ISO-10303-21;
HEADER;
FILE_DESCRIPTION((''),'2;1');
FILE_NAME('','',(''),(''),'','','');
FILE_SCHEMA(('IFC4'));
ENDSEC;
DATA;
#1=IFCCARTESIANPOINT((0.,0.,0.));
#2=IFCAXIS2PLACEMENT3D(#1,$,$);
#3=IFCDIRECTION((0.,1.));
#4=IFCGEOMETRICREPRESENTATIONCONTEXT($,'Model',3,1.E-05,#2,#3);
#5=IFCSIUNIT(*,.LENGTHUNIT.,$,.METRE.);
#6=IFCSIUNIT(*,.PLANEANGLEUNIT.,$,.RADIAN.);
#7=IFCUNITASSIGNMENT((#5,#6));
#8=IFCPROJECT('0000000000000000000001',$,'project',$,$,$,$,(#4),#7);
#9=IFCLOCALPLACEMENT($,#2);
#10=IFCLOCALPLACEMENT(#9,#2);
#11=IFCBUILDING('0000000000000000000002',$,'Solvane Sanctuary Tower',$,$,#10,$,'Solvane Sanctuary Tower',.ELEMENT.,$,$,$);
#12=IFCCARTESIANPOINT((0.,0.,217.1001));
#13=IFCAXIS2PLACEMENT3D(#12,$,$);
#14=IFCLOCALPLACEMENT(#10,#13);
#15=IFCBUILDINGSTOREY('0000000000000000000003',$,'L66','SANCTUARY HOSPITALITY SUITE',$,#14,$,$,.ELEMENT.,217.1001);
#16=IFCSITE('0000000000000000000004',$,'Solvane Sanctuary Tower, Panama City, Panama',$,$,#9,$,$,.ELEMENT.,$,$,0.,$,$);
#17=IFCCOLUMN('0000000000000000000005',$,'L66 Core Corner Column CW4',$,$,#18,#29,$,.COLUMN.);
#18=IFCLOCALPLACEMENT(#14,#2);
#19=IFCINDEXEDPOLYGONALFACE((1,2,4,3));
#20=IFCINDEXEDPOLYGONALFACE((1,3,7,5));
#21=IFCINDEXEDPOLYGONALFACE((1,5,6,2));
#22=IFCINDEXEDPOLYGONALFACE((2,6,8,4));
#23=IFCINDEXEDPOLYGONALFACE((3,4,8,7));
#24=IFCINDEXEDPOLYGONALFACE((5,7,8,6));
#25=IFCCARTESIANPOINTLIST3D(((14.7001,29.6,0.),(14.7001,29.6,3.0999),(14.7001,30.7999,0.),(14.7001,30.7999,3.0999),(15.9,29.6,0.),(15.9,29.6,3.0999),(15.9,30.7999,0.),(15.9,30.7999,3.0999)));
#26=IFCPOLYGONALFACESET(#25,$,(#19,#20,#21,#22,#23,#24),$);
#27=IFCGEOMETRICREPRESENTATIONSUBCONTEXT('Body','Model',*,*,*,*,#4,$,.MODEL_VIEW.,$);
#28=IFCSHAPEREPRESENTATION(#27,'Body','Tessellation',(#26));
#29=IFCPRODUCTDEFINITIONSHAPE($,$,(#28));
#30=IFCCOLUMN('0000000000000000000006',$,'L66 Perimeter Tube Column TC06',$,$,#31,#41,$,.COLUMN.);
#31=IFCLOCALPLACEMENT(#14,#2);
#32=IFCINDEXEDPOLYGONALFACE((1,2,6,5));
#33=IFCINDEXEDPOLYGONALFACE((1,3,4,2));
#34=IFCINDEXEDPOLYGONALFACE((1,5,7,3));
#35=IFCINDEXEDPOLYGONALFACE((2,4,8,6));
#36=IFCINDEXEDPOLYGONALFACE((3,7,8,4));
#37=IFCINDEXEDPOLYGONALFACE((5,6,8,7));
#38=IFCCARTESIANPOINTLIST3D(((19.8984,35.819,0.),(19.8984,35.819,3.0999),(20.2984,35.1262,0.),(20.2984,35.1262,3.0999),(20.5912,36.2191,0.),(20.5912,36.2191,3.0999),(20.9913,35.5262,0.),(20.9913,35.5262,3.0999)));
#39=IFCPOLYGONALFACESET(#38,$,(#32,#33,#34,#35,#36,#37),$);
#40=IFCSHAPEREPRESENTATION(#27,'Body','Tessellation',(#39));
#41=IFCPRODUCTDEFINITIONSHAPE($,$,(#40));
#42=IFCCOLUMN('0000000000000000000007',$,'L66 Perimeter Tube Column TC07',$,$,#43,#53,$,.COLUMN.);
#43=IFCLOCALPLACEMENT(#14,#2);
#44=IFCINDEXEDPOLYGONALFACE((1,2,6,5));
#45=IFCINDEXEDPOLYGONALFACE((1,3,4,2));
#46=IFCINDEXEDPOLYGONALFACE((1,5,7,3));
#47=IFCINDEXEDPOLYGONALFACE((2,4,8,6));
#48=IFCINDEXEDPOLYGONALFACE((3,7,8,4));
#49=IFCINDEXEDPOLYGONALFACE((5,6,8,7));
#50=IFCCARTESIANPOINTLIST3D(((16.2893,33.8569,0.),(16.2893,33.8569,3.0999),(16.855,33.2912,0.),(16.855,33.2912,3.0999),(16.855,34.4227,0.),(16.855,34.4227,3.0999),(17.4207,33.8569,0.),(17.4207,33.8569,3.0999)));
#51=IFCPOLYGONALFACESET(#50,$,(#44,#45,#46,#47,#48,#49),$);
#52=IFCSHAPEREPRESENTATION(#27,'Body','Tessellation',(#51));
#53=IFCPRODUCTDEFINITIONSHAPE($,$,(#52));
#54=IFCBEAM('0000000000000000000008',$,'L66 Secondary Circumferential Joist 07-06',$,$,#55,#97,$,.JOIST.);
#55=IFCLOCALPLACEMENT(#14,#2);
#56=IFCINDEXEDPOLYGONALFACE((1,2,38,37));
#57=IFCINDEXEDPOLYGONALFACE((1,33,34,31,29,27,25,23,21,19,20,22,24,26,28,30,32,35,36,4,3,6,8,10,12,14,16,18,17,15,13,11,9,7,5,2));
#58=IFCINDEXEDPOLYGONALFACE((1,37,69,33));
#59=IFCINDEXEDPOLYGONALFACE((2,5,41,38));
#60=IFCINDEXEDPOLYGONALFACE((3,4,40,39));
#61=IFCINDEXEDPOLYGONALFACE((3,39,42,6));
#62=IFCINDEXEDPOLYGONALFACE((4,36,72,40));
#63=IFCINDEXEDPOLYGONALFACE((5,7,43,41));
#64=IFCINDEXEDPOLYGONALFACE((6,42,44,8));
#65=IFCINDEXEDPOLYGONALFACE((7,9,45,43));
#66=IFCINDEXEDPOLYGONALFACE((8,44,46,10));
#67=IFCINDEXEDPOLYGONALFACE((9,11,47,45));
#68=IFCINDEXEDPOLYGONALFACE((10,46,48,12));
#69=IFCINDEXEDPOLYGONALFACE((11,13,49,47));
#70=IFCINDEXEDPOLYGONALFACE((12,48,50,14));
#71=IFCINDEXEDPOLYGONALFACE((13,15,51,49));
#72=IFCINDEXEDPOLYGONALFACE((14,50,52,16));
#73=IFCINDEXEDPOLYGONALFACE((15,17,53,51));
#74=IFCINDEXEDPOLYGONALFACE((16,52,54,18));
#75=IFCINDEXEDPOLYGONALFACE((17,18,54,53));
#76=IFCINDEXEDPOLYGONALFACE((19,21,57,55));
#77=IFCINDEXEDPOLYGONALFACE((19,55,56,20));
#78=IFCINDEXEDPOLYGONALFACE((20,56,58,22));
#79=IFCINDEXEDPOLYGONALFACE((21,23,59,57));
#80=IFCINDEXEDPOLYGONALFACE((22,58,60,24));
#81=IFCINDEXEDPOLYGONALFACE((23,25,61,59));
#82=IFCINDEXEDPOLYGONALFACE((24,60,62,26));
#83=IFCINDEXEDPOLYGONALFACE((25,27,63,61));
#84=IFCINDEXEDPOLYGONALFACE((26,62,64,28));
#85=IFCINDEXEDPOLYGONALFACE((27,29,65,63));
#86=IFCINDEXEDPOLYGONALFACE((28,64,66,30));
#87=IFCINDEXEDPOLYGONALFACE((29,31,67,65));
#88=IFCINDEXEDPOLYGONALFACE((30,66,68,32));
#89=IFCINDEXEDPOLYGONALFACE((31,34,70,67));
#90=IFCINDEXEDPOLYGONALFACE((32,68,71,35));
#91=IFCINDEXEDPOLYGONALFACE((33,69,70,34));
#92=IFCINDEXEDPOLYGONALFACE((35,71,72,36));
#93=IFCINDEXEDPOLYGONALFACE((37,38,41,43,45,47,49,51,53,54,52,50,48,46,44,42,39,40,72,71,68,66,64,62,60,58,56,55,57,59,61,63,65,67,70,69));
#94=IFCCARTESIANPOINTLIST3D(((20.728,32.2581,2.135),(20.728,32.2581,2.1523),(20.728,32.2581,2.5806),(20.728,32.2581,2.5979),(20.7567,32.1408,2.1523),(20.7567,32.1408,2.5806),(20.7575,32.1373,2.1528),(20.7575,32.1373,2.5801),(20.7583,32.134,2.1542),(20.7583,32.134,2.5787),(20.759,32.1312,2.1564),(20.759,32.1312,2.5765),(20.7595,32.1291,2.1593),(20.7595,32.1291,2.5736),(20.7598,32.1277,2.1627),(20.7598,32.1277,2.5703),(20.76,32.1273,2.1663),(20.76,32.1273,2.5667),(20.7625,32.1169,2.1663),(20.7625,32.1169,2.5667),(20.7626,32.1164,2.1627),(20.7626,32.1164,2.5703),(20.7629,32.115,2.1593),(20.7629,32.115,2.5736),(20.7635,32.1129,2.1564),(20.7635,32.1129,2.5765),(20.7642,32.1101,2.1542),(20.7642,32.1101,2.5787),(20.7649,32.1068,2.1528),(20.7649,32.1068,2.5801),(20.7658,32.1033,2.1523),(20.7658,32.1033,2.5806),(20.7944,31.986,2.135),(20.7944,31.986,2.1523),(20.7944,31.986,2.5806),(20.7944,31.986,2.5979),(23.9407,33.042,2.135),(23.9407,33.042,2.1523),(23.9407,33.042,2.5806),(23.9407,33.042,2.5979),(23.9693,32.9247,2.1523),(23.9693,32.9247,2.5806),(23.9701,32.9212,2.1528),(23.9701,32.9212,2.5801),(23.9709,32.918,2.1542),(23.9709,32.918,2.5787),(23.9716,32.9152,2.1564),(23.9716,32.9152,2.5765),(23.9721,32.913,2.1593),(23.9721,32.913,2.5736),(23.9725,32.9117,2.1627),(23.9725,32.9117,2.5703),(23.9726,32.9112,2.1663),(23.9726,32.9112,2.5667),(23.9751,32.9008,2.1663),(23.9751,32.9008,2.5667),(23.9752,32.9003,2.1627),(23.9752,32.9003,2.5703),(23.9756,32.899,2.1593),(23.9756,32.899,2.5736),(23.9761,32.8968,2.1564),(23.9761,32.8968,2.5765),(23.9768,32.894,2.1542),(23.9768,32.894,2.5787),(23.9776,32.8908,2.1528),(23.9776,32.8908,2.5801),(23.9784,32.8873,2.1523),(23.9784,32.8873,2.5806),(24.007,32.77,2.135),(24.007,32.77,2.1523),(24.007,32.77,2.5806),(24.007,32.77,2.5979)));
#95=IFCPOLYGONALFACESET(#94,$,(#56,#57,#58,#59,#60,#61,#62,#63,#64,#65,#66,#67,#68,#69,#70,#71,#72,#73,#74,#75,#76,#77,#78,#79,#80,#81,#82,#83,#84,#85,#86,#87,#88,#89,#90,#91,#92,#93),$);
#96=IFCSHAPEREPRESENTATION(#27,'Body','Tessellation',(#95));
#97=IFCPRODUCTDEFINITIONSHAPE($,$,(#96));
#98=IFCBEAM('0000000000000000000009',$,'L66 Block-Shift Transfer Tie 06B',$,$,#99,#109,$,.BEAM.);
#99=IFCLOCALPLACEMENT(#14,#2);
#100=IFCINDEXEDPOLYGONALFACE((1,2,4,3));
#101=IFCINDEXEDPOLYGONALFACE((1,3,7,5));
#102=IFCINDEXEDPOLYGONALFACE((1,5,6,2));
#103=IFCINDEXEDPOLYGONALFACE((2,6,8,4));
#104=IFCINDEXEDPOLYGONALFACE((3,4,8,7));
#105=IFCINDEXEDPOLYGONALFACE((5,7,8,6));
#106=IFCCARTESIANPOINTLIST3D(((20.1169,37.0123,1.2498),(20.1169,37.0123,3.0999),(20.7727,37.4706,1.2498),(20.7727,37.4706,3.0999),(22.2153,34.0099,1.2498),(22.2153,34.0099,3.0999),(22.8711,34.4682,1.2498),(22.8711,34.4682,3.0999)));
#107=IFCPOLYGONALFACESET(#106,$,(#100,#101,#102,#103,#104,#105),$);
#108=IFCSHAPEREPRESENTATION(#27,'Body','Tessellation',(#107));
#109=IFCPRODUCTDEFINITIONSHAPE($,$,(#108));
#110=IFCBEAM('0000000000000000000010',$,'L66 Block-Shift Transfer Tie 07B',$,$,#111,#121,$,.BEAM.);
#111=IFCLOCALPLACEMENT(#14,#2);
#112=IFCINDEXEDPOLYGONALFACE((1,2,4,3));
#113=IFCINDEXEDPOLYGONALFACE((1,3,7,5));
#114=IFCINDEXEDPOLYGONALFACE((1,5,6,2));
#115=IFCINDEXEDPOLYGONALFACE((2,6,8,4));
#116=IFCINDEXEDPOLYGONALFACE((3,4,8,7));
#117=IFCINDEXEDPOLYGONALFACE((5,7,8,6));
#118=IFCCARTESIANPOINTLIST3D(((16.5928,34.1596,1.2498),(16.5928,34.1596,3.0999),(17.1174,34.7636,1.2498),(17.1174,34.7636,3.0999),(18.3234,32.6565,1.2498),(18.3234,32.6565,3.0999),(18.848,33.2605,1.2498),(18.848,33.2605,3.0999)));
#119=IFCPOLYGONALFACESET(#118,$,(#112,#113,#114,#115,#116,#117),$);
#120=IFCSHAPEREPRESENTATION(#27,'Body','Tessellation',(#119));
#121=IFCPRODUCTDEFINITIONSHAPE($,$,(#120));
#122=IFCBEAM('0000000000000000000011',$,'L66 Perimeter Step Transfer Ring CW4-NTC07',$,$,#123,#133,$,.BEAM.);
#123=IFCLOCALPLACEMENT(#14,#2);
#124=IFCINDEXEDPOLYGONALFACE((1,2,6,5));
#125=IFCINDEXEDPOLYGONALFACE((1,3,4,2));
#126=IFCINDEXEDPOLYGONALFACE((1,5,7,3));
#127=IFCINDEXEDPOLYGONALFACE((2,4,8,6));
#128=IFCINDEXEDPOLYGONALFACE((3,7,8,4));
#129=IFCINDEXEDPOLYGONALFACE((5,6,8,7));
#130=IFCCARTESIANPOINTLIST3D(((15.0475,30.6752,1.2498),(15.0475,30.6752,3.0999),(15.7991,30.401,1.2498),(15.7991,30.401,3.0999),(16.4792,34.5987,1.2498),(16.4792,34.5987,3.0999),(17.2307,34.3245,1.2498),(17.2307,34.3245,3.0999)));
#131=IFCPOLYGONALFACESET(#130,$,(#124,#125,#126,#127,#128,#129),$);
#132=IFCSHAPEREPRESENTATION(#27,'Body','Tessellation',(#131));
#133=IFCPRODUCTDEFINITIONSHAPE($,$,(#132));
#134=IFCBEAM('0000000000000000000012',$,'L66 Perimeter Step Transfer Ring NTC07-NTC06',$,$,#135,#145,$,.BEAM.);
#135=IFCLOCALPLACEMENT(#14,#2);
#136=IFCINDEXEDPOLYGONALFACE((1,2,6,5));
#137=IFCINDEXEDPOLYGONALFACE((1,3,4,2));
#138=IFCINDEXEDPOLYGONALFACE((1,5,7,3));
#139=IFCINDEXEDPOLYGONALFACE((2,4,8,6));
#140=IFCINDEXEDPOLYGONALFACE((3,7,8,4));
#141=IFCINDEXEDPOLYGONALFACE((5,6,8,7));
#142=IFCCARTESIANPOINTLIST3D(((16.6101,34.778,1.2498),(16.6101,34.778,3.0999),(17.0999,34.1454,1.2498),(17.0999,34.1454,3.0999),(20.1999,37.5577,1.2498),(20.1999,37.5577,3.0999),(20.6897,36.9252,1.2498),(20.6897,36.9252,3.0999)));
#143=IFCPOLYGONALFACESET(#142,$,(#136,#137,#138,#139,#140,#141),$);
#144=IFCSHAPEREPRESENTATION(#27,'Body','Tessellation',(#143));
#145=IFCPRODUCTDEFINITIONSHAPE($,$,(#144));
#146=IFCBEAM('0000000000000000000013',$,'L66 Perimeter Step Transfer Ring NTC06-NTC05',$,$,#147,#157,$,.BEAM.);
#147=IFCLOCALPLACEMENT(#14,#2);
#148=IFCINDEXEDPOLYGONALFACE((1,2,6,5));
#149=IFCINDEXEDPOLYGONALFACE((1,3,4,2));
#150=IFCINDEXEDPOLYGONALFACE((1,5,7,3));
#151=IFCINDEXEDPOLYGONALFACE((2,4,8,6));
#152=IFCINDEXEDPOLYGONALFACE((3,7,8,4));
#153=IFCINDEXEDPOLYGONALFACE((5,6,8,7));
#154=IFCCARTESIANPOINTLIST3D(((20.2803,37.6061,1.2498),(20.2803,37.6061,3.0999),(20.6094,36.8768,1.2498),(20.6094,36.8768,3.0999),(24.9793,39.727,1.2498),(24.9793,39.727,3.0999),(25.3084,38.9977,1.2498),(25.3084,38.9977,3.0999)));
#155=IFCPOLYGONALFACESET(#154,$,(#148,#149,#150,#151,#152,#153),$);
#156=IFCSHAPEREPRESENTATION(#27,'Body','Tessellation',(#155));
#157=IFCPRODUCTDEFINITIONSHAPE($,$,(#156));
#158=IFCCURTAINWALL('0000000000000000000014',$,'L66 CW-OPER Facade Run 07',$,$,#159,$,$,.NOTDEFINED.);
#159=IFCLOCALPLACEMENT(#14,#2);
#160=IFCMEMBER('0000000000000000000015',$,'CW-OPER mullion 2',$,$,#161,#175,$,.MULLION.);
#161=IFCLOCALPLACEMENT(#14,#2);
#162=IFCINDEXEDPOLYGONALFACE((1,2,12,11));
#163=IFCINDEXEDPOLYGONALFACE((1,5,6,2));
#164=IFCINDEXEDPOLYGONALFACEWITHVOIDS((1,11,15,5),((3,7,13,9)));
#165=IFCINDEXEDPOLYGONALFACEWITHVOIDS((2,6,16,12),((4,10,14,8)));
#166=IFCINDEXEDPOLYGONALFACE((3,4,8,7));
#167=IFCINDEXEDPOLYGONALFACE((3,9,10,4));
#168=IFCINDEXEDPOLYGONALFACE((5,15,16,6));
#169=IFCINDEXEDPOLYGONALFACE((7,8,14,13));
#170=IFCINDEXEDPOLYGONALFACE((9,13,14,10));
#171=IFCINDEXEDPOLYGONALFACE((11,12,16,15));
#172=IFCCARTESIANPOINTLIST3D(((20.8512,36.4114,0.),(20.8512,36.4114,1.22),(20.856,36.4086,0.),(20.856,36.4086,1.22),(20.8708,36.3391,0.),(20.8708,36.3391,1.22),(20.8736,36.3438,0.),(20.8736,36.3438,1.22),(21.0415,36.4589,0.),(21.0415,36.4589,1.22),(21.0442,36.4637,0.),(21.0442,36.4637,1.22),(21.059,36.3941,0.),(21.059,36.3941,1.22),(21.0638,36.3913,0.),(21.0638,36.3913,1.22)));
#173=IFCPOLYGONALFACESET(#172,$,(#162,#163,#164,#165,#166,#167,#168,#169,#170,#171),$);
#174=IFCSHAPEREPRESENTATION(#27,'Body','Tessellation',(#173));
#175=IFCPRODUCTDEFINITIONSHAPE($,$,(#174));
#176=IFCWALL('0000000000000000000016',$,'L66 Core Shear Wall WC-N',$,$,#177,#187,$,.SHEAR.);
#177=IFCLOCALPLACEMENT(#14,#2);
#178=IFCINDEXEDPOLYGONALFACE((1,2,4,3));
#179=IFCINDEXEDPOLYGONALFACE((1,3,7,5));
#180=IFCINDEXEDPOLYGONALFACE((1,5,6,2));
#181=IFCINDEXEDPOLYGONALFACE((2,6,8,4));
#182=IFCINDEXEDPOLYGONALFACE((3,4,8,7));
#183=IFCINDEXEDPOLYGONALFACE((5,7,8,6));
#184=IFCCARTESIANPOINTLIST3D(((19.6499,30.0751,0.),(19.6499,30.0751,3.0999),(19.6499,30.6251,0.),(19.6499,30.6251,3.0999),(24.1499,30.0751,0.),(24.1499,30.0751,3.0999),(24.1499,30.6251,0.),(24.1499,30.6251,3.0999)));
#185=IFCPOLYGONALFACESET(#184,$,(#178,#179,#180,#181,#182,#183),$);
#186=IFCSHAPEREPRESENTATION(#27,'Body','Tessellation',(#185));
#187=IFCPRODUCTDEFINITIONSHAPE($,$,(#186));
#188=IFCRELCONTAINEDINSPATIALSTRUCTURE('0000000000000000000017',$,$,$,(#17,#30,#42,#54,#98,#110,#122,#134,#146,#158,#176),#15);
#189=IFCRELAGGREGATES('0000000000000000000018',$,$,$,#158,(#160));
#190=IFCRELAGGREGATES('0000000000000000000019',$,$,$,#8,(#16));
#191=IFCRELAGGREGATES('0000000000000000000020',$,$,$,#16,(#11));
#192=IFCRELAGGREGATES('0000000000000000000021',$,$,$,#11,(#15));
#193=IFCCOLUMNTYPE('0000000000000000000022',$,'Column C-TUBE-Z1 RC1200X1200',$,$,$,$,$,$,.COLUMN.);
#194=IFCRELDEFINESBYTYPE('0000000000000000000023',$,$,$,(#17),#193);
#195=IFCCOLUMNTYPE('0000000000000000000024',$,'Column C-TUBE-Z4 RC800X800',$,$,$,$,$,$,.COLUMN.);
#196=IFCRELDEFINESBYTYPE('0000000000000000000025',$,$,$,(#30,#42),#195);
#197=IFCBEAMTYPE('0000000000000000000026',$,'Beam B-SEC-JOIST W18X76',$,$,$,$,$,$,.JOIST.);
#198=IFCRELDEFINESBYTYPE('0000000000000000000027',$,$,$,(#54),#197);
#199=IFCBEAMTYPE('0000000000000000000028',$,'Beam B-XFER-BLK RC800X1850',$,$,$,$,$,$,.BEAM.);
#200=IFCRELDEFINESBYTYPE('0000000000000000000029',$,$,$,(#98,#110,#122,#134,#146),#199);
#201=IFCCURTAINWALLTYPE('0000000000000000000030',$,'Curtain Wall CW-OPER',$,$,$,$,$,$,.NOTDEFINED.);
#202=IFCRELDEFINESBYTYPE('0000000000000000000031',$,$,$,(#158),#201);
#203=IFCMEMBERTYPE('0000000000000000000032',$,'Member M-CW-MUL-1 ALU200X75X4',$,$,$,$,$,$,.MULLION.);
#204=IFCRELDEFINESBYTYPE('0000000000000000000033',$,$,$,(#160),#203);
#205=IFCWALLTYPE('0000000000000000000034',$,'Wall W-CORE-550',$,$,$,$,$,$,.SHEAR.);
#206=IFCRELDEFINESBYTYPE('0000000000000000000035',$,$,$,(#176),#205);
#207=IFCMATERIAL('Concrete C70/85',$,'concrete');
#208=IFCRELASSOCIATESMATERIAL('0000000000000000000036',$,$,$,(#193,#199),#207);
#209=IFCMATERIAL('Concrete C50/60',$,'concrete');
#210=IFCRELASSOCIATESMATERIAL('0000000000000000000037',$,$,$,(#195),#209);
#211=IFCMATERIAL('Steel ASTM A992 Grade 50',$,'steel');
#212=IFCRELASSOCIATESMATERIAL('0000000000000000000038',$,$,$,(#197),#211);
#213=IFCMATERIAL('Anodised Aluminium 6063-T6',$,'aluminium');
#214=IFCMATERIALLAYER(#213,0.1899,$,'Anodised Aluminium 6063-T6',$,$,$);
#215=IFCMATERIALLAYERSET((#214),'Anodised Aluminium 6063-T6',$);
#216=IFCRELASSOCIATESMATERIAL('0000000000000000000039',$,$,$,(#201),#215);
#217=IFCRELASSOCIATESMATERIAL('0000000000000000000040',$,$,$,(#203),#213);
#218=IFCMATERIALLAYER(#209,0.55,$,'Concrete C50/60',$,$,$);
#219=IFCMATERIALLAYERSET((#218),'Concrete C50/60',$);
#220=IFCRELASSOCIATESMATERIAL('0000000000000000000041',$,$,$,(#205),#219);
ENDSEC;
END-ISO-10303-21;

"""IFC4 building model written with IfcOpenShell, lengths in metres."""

from ifc_helpers import new_model, si_unit, direction, frame, frame_2d, origin, origin_2d, place, context, subcontext, project, spatial, rectangle, hollow_rectangle, i_section, extrude, material, layer, layer_set, material_profile, profile_set, type_object, element, aggregate, save


model = new_model("IFC4")

# Units and contexts
model_context = context("Model", 3, precision=1e-05, world=origin(), true_north=direction((0.0, 1.0)))
body_context = subcontext(model_context, "Body", "Model", "MODEL_VIEW")
ifc_project = project(units=[si_unit("LENGTHUNIT", "METRE"), si_unit("PLANEANGLEUNIT", "RADIAN")], contexts=[model_context])

# Site, building, storey
site_placement = place(None, origin())
site = spatial("IfcSite", under=ifc_project, at=site_placement, Name="Solvane Sanctuary Tower, Panama City, Panama", CompositionType="ELEMENT", RefElevation=0.0)
building_placement = place(site_placement, origin())
building = spatial("IfcBuilding", under=site, at=building_placement, Name="Solvane Sanctuary Tower", LongName="Solvane Sanctuary Tower", CompositionType="ELEMENT")
storey_placement = place(building_placement, frame((0.0, 0.0, 217.1001)))
storey = spatial("IfcBuildingStorey", under=building, at=storey_placement, Name="L66", Description="SANCTUARY HOSPITALITY SUITE", CompositionType="ELEMENT", Elevation=217.1001)

# Columns
ifc_material_1 = material(Name="Concrete C70/85", Category="concrete")
ifc_material_profile_1 = material_profile(ifc_material_1, rectangle(XDim=1.2, YDim=1.2, at=origin_2d()), Name="RC1200X1200")
ifc_profile_set_1 = profile_set([ifc_material_profile_1], Name="Concrete C70/85")
column_type_1 = type_object("IfcColumnType", Name="Column C-TUBE-Z1 RC1200X1200", PredefinedType="COLUMN", material=ifc_profile_set_1)
column_placement = place(storey_placement, frame((15.3, 30.2, 0.0), z_axis=(0.0, 0.0, 1.0), x_axis=(1.0, 0.0, 0.0)))
element("IfcColumn", 1, at=column_placement, inside=storey, type_object=column_type_1, Name="L66 Core Corner Column CW4", PredefinedType="COLUMN", context=body_context, shape_type="SweptSolid", body=[
    extrude(rectangle(XDim=1.2, YDim=1.2, at=origin_2d()), origin(), (0.0, 0.0, 1.0), 3.0999),
])
ifc_material_2 = material(Name="Concrete C50/60", Category="concrete")
ifc_material_profile_2 = material_profile(ifc_material_2, rectangle(XDim=0.8, YDim=0.8, at=origin_2d()), Name="RC800X800")
ifc_profile_set_2 = profile_set([ifc_material_profile_2], Name="Concrete C50/60")
column_type_2 = type_object("IfcColumnType", Name="Column C-TUBE-Z4 RC800X800", PredefinedType="COLUMN", material=ifc_profile_set_2)
for number, where, z_axis, x_axis, name in (
    (2, (20.4448, 35.6726, 0.0), (0.0, 0.0, 1.0), (-0.5, 0.866025, 0.0), "L66 Perimeter Tube Column TC06"),
    (3, (16.855, 33.8569, 0.0), (0.0, 0.0, 1.0), (-0.707107, 0.707107, 0.0), "L66 Perimeter Tube Column TC07"),
):
    element("IfcColumn", number, at=place(storey_placement, frame(where, z_axis=z_axis, x_axis=x_axis)), inside=storey, type_object=column_type_2, Name=name, PredefinedType="COLUMN", context=body_context, shape_type="SweptSolid", body=[
        extrude(rectangle(XDim=0.8, YDim=0.8, at=origin_2d()), origin(), (0.0, 0.0, 1.0), 3.0999),
    ])

# Beams
ifc_material_3 = material(Name="Steel ASTM A992 Grade 50", Category="steel")
ifc_material_profile_3 = material_profile(ifc_material_3, i_section(OverallWidth=0.28, OverallDepth=0.4629, WebThickness=0.0107, FlangeThickness=0.0173, FilletRadius=0.0139, at=origin_2d()), Name="W18X76")
ifc_profile_set_3 = profile_set([ifc_material_profile_3], Name="Steel ASTM A992 Grade 50")
beam_type_1 = type_object("IfcBeamType", Name="Beam B-SEC-JOIST W18X76", PredefinedType="JOIST", material=ifc_profile_set_3)
beam_1_placement = place(storey_placement, frame((20.7612, 32.1221, 2.3665), z_axis=(0.971495, 0.23706, 0.0), x_axis=(-0.23706, 0.971495, 0.0)))
element("IfcBeam", 4, at=beam_1_placement, inside=storey, type_object=beam_type_1, Name="L66 Secondary Circumferential Joist 07-06", PredefinedType="JOIST", context=body_context, shape_type="SweptSolid", body=[
    extrude(i_section(OverallWidth=0.28, OverallDepth=0.4629, WebThickness=0.0107, FlangeThickness=0.0173, FilletRadius=0.0139, at=origin_2d()), origin(), (0.0, 0.0, 1.0), 3.3069),
])
ifc_material_profile_4 = material_profile(ifc_material_1, rectangle(XDim=0.8, YDim=1.8501, at=origin_2d()), Name="RC800X1850")
ifc_profile_set_4 = profile_set([ifc_material_profile_4], Name="Concrete C70/85")
beam_type_2 = type_object("IfcBeamType", Name="Beam B-XFER-BLK RC800X1850", PredefinedType="BEAM", material=ifc_profile_set_4)
beam_2_placement = place(storey_placement, frame((22.5432, 34.239, 2.1748), z_axis=(-0.572854, 0.819658, 0.0), x_axis=(-0.819658, -0.572854, 0.0)))
element("IfcBeam", 5, at=beam_2_placement, inside=storey, type_object=beam_type_2, Name="L66 Block-Shift Transfer Tie 06B", PredefinedType="BEAM", context=body_context, shape_type="SweptSolid", body=[
    extrude(rectangle(XDim=0.8, YDim=1.8501, at=origin_2d()), origin(), (0.0, 0.0, 1.0), 3.6631),
])
beam_3_placement = place(storey_placement, frame((18.5857, 32.9585, 2.1748), z_axis=(-0.754993, 0.655733, 0.0), x_axis=(-0.655733, -0.754993, 0.0)))
element("IfcBeam", 6, at=beam_3_placement, inside=storey, type_object=beam_type_2, Name="L66 Block-Shift Transfer Tie 07B", PredefinedType="BEAM", context=body_context, shape_type="SweptSolid", body=[
    extrude(rectangle(XDim=0.8, YDim=1.8501, at=origin_2d()), origin(), (0.0, 0.0, 1.0), 2.2922),
])
beam_4_placement = place(storey_placement, frame((15.4233, 30.5381, 2.1748), z_axis=(0.342775, 0.939417, 0.0), x_axis=(-0.939417, 0.342775, 0.0)))
element("IfcBeam", 7, at=beam_4_placement, inside=storey, type_object=beam_type_2, Name="L66 Perimeter Step Transfer Ring CW4-NTC07", PredefinedType="BEAM", context=body_context, shape_type="SweptSolid", body=[
    extrude(rectangle(XDim=0.8, YDim=1.8501, at=origin_2d()), origin(), (0.0, 0.0, 1.0), 4.1765),
])
beam_5_placement = place(storey_placement, frame((16.855, 34.4617, 2.1748), z_axis=(0.790665, 0.612249, 0.0), x_axis=(-0.612249, 0.790665, 0.0)))
element("IfcBeam", 8, at=beam_5_placement, inside=storey, type_object=beam_type_2, Name="L66 Perimeter Step Transfer Ring NTC07-NTC06", PredefinedType="BEAM", context=body_context, shape_type="SweptSolid", body=[
    extrude(rectangle(XDim=0.8, YDim=1.8501, at=origin_2d()), origin(), (0.0, 0.0, 1.0), 4.5403),
])
beam_6_placement = place(storey_placement, frame((20.4448, 37.2415, 2.1748), z_axis=(0.911463, 0.411382, 0.0), x_axis=(-0.411382, 0.911463, 0.0)))
element("IfcBeam", 9, at=beam_6_placement, inside=storey, type_object=beam_type_2, Name="L66 Perimeter Step Transfer Ring NTC06-NTC05", PredefinedType="BEAM", context=body_context, shape_type="SweptSolid", body=[
    extrude(rectangle(XDim=0.8, YDim=1.8501, at=origin_2d()), origin(), (0.0, 0.0, 1.0), 5.1555),
])

# Curtain wall, member
ifc_material_4 = material(Name="Anodised Aluminium 6063-T6", Category="aluminium")
ifc_layer_1 = layer(ifc_material_4, 0.1899, Name="Anodised Aluminium 6063-T6")
ifc_layer_set_1 = layer_set([ifc_layer_1], Name="Anodised Aluminium 6063-T6")
curtain_wall_type = type_object("IfcCurtainWallType", Name="Curtain Wall CW-OPER", PredefinedType="NOTDEFINED", material=ifc_layer_set_1)
curtain_wall_placement = place(storey_placement, origin())
curtain_wall = element("IfcCurtainWall", 10, at=curtain_wall_placement, inside=storey, type_object=curtain_wall_type, Name="L66 CW-OPER Facade Run 07", PredefinedType="NOTDEFINED")
ifc_material_profile_5 = material_profile(ifc_material_4, hollow_rectangle(XDim=0.075, YDim=0.2, WallThickness=0.0039, at=origin_2d()), Name="ALU200X75X4")
ifc_profile_set_5 = profile_set([ifc_material_profile_5], Name="Anodised Aluminium 6063-T6")
member_type = type_object("IfcMemberType", Name="Member M-CW-MUL-1 ALU200X75X4", PredefinedType="MULLION", material=ifc_profile_set_5)
member_placement = place(storey_placement, frame((20.9575, 36.4014, 0.0), z_axis=(0.0, 0.0, 1.0), x_axis=(0.261468, -0.965212, 0.0)))
member = element("IfcMember", 11, at=member_placement, type_object=member_type, Name="CW-OPER mullion 2", PredefinedType="MULLION", context=body_context, shape_type="SweptSolid", body=[
    extrude(hollow_rectangle(XDim=0.075, YDim=0.2, WallThickness=0.0039, at=origin_2d()), origin(), (0.0, 0.0, 1.0), 1.22),
])
aggregate(curtain_wall, [member])

# Wall
ifc_layer_2 = layer(ifc_material_2, 0.55, Name="Concrete C50/60")
ifc_layer_set_2 = layer_set([ifc_layer_2], Name="Concrete C50/60")
wall_type_1 = type_object("IfcWallType", Name="Wall W-CORE-550", PredefinedType="SHEAR", material=ifc_layer_set_2)
wall_1_placement = place(storey_placement, frame((19.6499, 30.3501, 0.0), z_axis=(0.0, 0.0, 1.0), x_axis=(1.0, 0.0, 0.0)))
element("IfcWall", 12, at=wall_1_placement, inside=storey, type_object=wall_type_1, Name="L66 Core Shear Wall WC-N", PredefinedType="SHEAR", context=body_context, shape_type="SweptSolid", body=[
    extrude(rectangle(XDim=4.5, YDim=0.55, at=frame_2d((2.25, 0.0))), origin(), (0.0, 0.0, 1.0), 3.0999),
])

save(model, "model.ifc")
